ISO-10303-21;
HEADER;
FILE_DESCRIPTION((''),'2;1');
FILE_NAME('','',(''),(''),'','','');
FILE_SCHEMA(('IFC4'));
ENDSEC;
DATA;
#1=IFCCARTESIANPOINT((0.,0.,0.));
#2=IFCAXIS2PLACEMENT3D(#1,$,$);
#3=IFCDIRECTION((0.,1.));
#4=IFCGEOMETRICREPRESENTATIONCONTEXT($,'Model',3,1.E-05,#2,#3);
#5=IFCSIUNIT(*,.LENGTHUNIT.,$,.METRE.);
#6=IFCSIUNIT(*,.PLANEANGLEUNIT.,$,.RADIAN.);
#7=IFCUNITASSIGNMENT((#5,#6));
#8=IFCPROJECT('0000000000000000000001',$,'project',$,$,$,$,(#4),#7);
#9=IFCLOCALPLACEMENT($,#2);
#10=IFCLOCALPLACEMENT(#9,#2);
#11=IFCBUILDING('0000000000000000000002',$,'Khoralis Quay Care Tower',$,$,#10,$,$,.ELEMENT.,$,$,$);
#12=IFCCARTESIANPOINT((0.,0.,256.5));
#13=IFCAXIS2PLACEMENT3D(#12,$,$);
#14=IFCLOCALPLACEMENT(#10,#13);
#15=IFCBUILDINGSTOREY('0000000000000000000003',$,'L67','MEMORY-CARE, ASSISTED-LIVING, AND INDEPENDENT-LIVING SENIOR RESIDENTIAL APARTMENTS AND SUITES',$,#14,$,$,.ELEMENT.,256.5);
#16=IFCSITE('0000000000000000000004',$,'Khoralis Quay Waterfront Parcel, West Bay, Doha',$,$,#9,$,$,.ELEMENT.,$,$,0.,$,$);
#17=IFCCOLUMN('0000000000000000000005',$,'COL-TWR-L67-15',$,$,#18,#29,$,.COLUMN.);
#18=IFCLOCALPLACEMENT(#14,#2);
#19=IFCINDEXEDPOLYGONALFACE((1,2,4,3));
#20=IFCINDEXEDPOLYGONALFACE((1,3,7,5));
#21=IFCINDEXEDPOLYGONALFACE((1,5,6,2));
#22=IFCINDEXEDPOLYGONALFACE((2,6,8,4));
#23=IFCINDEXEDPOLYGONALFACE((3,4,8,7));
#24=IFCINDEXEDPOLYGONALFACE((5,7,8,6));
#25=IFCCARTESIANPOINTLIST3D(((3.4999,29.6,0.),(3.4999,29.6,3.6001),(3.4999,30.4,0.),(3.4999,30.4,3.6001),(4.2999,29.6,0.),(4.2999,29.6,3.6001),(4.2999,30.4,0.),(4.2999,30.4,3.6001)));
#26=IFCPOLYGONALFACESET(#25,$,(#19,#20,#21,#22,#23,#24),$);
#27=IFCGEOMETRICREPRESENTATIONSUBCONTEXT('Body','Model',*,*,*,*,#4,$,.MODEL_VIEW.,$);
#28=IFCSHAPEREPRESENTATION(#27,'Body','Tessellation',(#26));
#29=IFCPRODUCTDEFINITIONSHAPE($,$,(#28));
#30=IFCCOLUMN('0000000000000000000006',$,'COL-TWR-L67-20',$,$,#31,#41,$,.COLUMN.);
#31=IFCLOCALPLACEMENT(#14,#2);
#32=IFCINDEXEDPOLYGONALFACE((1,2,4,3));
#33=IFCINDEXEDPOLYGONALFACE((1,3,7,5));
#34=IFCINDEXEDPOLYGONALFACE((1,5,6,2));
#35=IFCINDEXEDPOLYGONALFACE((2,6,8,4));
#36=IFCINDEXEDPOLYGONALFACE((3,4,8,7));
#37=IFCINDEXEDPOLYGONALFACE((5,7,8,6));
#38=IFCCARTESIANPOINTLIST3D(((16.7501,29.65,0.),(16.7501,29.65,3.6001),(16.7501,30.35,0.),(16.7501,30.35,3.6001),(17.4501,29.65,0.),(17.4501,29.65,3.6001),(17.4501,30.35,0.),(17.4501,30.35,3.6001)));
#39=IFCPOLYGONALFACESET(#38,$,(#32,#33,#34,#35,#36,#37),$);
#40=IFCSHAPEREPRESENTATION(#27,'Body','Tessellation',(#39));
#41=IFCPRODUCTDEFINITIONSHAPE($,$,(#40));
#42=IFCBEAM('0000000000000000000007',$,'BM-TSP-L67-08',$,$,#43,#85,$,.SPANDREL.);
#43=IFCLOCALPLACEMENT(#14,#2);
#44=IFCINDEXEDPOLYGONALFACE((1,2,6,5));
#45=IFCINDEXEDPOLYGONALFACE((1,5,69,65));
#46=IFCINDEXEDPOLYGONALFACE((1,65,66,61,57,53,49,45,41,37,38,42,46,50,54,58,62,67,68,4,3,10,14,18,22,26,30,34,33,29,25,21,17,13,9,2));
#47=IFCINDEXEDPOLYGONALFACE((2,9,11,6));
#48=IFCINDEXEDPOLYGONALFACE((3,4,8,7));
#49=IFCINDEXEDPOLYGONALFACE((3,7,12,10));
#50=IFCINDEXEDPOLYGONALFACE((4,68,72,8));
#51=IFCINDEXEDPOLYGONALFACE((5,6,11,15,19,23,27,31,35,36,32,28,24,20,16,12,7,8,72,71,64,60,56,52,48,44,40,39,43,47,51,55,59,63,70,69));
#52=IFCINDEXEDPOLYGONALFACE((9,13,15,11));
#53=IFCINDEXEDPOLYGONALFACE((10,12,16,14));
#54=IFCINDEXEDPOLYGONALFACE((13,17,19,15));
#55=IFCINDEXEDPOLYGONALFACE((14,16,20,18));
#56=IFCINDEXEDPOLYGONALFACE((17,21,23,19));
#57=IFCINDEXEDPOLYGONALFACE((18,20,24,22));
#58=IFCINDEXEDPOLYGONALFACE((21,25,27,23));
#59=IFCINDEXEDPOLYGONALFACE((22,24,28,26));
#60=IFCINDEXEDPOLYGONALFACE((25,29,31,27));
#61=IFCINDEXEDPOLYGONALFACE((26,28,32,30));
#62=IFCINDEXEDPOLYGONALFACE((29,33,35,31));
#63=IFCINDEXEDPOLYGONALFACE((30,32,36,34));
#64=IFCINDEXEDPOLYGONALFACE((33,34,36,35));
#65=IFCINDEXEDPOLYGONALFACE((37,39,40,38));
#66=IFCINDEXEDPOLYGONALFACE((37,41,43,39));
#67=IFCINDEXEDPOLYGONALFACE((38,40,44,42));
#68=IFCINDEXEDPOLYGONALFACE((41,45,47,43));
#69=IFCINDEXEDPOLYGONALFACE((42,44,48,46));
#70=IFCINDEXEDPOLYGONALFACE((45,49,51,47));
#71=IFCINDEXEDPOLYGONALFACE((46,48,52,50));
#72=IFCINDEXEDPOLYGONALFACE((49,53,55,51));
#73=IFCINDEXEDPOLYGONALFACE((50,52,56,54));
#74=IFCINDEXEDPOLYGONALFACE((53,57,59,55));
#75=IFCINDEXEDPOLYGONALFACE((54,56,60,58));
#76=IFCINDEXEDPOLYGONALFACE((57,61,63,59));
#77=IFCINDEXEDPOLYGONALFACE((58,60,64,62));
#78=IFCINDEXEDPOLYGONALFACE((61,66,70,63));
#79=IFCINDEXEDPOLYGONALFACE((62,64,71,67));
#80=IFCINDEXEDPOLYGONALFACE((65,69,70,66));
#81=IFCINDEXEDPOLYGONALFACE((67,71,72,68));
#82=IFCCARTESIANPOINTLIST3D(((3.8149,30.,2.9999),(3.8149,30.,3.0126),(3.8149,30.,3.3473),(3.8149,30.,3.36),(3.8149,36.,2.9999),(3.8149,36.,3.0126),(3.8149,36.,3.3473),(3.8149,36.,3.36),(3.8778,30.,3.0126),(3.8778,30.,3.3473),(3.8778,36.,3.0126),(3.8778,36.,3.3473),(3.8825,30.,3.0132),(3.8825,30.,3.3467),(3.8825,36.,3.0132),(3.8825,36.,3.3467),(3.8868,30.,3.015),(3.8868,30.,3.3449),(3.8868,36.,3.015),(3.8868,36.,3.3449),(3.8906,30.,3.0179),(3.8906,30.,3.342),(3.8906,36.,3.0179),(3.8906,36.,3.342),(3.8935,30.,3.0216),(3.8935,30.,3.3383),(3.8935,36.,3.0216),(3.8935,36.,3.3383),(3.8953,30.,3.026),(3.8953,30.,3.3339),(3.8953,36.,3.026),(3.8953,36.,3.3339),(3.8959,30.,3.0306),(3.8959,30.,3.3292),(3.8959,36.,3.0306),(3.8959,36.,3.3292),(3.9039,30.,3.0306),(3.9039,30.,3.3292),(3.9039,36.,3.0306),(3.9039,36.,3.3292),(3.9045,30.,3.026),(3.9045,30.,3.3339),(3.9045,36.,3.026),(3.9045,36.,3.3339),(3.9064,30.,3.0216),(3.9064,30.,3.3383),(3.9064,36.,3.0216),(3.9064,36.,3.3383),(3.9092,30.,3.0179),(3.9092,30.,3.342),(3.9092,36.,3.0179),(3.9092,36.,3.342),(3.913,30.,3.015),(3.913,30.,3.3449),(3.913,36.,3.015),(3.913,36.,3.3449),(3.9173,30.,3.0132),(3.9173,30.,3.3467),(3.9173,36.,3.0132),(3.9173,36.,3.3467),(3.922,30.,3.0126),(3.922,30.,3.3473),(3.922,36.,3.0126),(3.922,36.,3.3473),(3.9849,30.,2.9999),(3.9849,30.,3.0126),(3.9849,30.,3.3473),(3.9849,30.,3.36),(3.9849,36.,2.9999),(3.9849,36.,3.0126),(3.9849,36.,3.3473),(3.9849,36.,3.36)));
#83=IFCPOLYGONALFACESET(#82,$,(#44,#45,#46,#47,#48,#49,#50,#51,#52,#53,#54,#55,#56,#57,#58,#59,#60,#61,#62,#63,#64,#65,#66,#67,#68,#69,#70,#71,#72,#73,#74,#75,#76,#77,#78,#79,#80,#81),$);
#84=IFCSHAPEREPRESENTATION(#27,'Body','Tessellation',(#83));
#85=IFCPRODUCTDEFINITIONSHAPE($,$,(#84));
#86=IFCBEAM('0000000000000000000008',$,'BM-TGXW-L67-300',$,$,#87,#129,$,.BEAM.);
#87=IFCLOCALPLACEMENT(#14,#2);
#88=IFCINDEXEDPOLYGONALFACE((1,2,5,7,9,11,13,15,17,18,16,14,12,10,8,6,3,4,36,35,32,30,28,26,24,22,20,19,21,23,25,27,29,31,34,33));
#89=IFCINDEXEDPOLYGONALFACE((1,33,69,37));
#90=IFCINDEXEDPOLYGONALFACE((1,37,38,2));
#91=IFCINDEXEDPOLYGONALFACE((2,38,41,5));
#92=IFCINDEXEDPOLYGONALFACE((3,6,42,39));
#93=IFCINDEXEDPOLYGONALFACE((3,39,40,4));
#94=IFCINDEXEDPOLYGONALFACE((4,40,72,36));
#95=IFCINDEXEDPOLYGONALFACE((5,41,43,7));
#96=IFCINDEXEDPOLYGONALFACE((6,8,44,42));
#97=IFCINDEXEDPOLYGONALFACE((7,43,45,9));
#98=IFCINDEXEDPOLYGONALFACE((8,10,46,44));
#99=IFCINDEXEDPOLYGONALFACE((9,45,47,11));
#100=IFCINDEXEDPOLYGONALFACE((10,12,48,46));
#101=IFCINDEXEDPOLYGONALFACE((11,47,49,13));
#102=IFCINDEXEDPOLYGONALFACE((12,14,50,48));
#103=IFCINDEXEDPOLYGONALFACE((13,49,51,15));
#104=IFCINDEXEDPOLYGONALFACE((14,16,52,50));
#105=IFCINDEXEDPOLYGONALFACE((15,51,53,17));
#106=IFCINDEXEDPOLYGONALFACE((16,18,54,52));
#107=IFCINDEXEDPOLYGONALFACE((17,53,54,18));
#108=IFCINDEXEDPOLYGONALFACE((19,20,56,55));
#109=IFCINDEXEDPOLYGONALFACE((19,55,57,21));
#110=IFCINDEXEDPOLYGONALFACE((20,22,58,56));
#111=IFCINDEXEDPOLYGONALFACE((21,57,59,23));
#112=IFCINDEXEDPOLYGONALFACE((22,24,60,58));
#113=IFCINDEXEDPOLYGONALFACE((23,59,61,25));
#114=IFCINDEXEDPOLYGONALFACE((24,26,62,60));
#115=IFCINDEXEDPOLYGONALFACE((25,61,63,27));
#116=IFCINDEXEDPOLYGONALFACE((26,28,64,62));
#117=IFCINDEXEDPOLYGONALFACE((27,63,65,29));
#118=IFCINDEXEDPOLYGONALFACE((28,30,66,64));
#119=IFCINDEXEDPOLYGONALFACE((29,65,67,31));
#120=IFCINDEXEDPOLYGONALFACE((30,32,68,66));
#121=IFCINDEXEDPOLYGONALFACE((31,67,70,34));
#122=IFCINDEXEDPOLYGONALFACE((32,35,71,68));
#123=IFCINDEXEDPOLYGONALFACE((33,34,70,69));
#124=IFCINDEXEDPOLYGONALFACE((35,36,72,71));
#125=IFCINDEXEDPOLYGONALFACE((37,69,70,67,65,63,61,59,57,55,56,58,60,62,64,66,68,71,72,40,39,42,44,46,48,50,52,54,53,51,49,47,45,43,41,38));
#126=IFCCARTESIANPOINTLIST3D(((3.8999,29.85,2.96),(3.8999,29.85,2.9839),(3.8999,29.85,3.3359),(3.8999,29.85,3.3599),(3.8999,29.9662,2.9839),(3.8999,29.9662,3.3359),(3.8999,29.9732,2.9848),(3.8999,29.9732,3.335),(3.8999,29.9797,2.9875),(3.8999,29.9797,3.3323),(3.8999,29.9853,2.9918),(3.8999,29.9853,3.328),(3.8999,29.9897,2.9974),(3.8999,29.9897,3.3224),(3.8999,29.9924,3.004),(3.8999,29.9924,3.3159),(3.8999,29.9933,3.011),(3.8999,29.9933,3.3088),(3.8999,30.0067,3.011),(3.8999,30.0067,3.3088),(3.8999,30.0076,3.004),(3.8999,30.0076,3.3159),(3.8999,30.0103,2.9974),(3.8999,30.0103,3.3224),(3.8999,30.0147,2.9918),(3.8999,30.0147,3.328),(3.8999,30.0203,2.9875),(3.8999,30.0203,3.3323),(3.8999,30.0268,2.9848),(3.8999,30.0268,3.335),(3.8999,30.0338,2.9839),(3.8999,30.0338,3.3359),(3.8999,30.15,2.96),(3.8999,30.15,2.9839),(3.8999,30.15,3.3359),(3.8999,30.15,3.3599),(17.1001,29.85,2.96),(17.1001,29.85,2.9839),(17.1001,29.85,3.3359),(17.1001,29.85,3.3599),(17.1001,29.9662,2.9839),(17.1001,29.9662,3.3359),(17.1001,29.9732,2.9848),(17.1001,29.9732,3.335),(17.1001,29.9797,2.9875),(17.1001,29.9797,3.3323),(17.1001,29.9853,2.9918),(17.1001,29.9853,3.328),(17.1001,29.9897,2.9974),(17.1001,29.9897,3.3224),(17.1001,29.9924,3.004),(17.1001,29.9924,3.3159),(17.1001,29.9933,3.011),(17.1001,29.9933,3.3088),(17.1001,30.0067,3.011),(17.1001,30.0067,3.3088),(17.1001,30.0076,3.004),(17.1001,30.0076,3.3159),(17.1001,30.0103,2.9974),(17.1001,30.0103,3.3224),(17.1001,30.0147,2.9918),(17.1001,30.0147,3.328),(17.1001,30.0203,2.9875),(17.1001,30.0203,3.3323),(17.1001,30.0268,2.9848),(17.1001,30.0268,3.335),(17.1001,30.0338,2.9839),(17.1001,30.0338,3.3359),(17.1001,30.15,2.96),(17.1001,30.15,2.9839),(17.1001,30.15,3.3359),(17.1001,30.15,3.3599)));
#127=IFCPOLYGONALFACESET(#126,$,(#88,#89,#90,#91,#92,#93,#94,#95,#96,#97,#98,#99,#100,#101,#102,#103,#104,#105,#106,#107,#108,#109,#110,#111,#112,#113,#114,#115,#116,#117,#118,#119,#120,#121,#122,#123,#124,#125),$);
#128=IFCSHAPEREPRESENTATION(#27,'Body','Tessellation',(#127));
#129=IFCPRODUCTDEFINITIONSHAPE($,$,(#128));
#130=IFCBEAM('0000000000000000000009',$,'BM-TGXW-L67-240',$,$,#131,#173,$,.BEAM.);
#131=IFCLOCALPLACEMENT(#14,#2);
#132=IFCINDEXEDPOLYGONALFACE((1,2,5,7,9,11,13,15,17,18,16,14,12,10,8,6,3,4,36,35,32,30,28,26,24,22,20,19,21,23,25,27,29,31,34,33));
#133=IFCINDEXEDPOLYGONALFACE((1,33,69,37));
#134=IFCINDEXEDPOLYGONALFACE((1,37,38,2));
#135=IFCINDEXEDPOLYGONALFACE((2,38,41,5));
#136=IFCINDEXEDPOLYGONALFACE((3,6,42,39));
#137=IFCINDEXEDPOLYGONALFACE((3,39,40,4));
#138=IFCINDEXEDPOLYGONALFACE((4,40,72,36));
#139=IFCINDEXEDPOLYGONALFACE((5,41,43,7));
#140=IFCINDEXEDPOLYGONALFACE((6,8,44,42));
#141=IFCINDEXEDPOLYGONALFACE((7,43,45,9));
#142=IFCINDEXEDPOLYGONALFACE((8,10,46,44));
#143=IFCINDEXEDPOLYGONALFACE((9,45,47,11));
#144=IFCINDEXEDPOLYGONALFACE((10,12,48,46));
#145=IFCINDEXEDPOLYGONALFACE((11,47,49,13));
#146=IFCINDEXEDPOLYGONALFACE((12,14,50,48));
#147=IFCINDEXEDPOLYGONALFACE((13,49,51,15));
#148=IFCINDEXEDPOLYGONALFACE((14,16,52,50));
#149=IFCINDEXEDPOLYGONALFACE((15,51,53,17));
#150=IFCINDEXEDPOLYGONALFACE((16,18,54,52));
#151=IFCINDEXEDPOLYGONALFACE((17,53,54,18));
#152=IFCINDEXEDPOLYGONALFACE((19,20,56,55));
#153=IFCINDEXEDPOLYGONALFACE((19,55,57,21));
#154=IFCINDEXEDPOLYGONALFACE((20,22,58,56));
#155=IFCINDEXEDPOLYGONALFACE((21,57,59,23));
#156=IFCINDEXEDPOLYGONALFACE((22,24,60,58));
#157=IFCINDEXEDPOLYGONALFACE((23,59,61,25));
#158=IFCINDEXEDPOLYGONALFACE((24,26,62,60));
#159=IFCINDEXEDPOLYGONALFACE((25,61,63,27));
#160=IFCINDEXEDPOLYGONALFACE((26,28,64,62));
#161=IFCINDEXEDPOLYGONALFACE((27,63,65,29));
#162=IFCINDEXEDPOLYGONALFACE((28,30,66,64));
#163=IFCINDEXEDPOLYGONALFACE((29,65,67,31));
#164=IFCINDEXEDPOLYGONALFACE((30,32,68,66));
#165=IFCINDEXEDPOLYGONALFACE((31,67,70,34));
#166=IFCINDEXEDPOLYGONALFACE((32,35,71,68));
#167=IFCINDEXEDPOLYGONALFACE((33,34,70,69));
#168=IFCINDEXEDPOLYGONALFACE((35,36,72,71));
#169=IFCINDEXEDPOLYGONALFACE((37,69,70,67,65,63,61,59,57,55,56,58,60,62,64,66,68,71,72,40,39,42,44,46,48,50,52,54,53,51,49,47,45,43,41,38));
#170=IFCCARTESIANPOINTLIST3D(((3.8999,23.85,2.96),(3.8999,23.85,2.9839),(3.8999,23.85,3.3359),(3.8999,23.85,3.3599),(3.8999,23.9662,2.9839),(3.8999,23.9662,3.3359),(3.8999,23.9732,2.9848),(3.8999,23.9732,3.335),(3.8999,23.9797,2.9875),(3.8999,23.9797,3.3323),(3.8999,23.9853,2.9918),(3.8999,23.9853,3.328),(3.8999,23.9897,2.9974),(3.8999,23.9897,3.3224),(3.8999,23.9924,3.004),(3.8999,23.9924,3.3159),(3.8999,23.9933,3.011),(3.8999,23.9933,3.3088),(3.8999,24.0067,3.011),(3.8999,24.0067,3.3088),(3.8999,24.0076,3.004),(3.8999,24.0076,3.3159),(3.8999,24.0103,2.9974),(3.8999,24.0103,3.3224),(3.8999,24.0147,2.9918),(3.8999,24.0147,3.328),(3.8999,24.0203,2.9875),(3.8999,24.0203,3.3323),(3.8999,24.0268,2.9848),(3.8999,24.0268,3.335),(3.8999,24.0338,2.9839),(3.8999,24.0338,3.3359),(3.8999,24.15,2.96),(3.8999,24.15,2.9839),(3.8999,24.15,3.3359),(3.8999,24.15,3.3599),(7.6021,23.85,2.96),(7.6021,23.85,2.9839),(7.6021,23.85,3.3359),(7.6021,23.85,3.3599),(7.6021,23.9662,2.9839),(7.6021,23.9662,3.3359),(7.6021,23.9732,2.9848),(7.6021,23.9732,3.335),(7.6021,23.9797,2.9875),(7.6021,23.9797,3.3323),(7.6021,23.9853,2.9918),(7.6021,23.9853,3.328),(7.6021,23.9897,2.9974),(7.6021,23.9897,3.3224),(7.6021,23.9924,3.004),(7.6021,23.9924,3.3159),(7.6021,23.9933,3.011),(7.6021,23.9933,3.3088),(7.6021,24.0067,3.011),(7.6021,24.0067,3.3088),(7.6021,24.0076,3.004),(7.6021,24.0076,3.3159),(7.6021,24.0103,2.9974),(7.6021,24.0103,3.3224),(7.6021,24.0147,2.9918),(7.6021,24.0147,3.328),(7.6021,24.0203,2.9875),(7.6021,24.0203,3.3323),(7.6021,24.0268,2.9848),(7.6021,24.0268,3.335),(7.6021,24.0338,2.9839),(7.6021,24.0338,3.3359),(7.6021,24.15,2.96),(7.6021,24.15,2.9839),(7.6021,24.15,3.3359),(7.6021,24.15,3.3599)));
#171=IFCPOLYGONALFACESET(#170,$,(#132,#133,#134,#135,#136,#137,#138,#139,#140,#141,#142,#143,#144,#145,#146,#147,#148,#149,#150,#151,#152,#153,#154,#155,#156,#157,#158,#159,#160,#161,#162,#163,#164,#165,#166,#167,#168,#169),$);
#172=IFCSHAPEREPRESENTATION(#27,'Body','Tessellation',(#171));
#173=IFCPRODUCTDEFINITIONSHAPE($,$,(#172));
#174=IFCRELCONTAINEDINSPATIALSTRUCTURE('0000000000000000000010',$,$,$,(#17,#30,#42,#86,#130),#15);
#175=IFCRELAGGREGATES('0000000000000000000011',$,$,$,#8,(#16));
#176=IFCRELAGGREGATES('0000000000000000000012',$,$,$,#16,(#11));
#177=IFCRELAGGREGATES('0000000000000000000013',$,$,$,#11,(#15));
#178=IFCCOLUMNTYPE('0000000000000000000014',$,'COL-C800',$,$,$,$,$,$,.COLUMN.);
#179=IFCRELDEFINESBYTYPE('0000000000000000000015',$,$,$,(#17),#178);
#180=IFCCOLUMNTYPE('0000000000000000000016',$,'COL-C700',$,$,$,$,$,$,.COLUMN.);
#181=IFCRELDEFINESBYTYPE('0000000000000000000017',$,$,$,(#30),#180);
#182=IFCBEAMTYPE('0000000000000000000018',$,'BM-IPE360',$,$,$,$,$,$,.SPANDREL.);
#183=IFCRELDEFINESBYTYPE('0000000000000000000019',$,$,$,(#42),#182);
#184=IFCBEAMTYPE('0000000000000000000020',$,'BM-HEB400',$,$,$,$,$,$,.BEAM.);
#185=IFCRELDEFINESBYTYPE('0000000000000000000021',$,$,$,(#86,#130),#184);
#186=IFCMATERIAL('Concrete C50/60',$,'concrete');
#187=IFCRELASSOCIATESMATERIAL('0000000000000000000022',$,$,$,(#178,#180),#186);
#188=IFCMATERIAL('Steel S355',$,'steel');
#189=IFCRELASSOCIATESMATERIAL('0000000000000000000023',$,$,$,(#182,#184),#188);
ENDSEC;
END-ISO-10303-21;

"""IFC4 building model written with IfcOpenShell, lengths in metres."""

from ifc_helpers import new_model, si_unit, direction, frame, origin, origin_2d, place, context, subcontext, project, spatial, rectangle, i_section, extrude, source, transform, mapped, material, material_profile, profile_set, type_object, element, save


model = new_model("IFC4")

# Units and contexts
model_context = context("Model", 3, precision=1e-05, world=origin(), true_north=direction((0.0, 1.0)))
body_context = subcontext(model_context, "Body", "Model", "MODEL_VIEW")
ifc_project = project(units=[si_unit("LENGTHUNIT", "METRE"), si_unit("PLANEANGLEUNIT", "RADIAN")], contexts=[model_context])

# Site, building, storey
site_placement = place(None, origin())
site = spatial("IfcSite", under=ifc_project, at=site_placement, Name="Khoralis Quay Waterfront Parcel, West Bay, Doha", CompositionType="ELEMENT", RefElevation=0.0)
building_placement = place(site_placement, origin())
building = spatial("IfcBuilding", under=site, at=building_placement, Name="Khoralis Quay Care Tower", CompositionType="ELEMENT")
storey_placement = place(building_placement, frame((0.0, 0.0, 256.5)))
storey = spatial("IfcBuildingStorey", under=building, at=storey_placement, Name="L67", Description="MEMORY-CARE, ASSISTED-LIVING, AND INDEPENDENT-LIVING SENIOR RESIDENTIAL APARTMENTS AND SUITES", CompositionType="ELEMENT", Elevation=256.5)

# Columns
ifc_material_1 = material(Name="Concrete C50/60", Category="concrete")
ifc_material_profile_1 = material_profile(ifc_material_1, rectangle(XDim=0.8, YDim=0.8, at=origin_2d()), Name="Concrete C50/60")
ifc_profile_set_1 = profile_set([ifc_material_profile_1], Name="Concrete C50/60")
column_type_1 = type_object("IfcColumnType", Name="COL-C800", PredefinedType="COLUMN", material=ifc_profile_set_1)
shared_shape_1 = source(origin(), body_context, "Body", "SweptSolid", [
    extrude(rectangle(XDim=0.8, YDim=0.8, at=origin_2d()), origin(), (0.0, 0.0, 1.0), 3.6001),
])
column_1_placement = place(storey_placement, frame((3.8999, 30.0, 0.0), z_axis=(0.0, 0.0, 1.0), x_axis=(1.0, 0.0, 0.0)))
element("IfcColumn", 1, at=column_1_placement, inside=storey, type_object=column_type_1, Name="COL-TWR-L67-15", PredefinedType="COLUMN", context=body_context, shape_type="MappedRepresentation", body=[
    mapped(shared_shape_1, transform((0.0, 0.0, 0.0), scale=1.0)),
])
ifc_material_profile_2 = material_profile(ifc_material_1, rectangle(XDim=0.7, YDim=0.7, at=origin_2d()), Name="Concrete C50/60")
ifc_profile_set_2 = profile_set([ifc_material_profile_2], Name="Concrete C50/60")
column_type_2 = type_object("IfcColumnType", Name="COL-C700", PredefinedType="COLUMN", material=ifc_profile_set_2)
shared_shape_2 = source(origin(), body_context, "Body", "SweptSolid", [
    extrude(rectangle(XDim=0.7, YDim=0.7, at=origin_2d()), origin(), (0.0, 0.0, 1.0), 3.6001),
])
column_2_placement = place(storey_placement, frame((17.1001, 30.0, 0.0), z_axis=(0.0, 0.0, 1.0), x_axis=(1.0, 0.0, 0.0)))
element("IfcColumn", 2, at=column_2_placement, inside=storey, type_object=column_type_2, Name="COL-TWR-L67-20", PredefinedType="COLUMN", context=body_context, shape_type="MappedRepresentation", body=[
    mapped(shared_shape_2, transform((0.0, 0.0, 0.0), scale=1.0)),
])

# Beams
ifc_material_2 = material(Name="Steel S355", Category="steel")
ifc_material_profile_3 = material_profile(ifc_material_2, i_section(OverallWidth=0.1699, OverallDepth=0.3601, WebThickness=0.0081, FlangeThickness=0.0127, FilletRadius=0.0181, at=origin_2d()), Name="Steel S355")
ifc_profile_set_3 = profile_set([ifc_material_profile_3], Name="Steel S355")
beam_type_1 = type_object("IfcBeamType", Name="BM-IPE360", PredefinedType="SPANDREL", material=ifc_profile_set_3)
shared_shape_3 = source(origin(), body_context, "Body", "SweptSolid", [
    extrude(i_section(OverallWidth=0.1699, OverallDepth=0.3601, WebThickness=0.0081, FlangeThickness=0.0127, FilletRadius=0.0181, at=origin_2d()), origin(), (0.0, 0.0, 1.0), 6.0),
])
beam_1_placement = place(storey_placement, frame((3.8999, 30.0, 3.1799), z_axis=(0.0, 1.0, 0.0), x_axis=(-1.0, 0.0, 0.0)))
element("IfcBeam", 3, at=beam_1_placement, inside=storey, type_object=beam_type_1, Name="BM-TSP-L67-08", PredefinedType="SPANDREL", context=body_context, shape_type="MappedRepresentation", body=[
    mapped(shared_shape_3, transform((0.0, 0.0, 0.0), scale=1.0)),
])
ifc_material_profile_4 = material_profile(ifc_material_2, i_section(OverallWidth=0.3, OverallDepth=0.3999, WebThickness=0.0134, FlangeThickness=0.0239, FilletRadius=0.0271, at=origin_2d()), Name="Steel S355")
ifc_profile_set_4 = profile_set([ifc_material_profile_4], Name="Steel S355")
beam_type_2 = type_object("IfcBeamType", Name="BM-HEB400", PredefinedType="BEAM", material=ifc_profile_set_4)
shared_shape_4 = source(origin(), body_context, "Body", "SweptSolid", [
    extrude(i_section(OverallWidth=0.3, OverallDepth=0.3999, WebThickness=0.0134, FlangeThickness=0.0239, FilletRadius=0.0271, at=origin_2d()), origin(), (0.0, 0.0, 1.0), 13.2002),
])
beam_2_placement = place(storey_placement, frame((3.8999, 30.0, 3.1599), z_axis=(1.0, 0.0, 0.0), x_axis=(0.0, 1.0, 0.0)))
element("IfcBeam", 4, at=beam_2_placement, inside=storey, type_object=beam_type_2, Name="BM-TGXW-L67-300", PredefinedType="BEAM", context=body_context, shape_type="MappedRepresentation", body=[
    mapped(shared_shape_4, transform((0.0, 0.0, 0.0), scale=1.0)),
])
shared_shape_5 = source(origin(), body_context, "Body", "SweptSolid", [
    extrude(i_section(OverallWidth=0.3, OverallDepth=0.3999, WebThickness=0.0134, FlangeThickness=0.0239, FilletRadius=0.0271, at=origin_2d()), origin(), (0.0, 0.0, 1.0), 3.7021),
])
beam_3_placement = place(storey_placement, frame((3.8999, 24.0, 3.1599), z_axis=(1.0, 0.0, 0.0), x_axis=(0.0, 1.0, 0.0)))
element("IfcBeam", 5, at=beam_3_placement, inside=storey, type_object=beam_type_2, Name="BM-TGXW-L67-240", PredefinedType="BEAM", context=body_context, shape_type="MappedRepresentation", body=[
    mapped(shared_shape_5, transform((0.0, 0.0, 0.0), scale=1.0)),
])

save(model, "model.ifc")
